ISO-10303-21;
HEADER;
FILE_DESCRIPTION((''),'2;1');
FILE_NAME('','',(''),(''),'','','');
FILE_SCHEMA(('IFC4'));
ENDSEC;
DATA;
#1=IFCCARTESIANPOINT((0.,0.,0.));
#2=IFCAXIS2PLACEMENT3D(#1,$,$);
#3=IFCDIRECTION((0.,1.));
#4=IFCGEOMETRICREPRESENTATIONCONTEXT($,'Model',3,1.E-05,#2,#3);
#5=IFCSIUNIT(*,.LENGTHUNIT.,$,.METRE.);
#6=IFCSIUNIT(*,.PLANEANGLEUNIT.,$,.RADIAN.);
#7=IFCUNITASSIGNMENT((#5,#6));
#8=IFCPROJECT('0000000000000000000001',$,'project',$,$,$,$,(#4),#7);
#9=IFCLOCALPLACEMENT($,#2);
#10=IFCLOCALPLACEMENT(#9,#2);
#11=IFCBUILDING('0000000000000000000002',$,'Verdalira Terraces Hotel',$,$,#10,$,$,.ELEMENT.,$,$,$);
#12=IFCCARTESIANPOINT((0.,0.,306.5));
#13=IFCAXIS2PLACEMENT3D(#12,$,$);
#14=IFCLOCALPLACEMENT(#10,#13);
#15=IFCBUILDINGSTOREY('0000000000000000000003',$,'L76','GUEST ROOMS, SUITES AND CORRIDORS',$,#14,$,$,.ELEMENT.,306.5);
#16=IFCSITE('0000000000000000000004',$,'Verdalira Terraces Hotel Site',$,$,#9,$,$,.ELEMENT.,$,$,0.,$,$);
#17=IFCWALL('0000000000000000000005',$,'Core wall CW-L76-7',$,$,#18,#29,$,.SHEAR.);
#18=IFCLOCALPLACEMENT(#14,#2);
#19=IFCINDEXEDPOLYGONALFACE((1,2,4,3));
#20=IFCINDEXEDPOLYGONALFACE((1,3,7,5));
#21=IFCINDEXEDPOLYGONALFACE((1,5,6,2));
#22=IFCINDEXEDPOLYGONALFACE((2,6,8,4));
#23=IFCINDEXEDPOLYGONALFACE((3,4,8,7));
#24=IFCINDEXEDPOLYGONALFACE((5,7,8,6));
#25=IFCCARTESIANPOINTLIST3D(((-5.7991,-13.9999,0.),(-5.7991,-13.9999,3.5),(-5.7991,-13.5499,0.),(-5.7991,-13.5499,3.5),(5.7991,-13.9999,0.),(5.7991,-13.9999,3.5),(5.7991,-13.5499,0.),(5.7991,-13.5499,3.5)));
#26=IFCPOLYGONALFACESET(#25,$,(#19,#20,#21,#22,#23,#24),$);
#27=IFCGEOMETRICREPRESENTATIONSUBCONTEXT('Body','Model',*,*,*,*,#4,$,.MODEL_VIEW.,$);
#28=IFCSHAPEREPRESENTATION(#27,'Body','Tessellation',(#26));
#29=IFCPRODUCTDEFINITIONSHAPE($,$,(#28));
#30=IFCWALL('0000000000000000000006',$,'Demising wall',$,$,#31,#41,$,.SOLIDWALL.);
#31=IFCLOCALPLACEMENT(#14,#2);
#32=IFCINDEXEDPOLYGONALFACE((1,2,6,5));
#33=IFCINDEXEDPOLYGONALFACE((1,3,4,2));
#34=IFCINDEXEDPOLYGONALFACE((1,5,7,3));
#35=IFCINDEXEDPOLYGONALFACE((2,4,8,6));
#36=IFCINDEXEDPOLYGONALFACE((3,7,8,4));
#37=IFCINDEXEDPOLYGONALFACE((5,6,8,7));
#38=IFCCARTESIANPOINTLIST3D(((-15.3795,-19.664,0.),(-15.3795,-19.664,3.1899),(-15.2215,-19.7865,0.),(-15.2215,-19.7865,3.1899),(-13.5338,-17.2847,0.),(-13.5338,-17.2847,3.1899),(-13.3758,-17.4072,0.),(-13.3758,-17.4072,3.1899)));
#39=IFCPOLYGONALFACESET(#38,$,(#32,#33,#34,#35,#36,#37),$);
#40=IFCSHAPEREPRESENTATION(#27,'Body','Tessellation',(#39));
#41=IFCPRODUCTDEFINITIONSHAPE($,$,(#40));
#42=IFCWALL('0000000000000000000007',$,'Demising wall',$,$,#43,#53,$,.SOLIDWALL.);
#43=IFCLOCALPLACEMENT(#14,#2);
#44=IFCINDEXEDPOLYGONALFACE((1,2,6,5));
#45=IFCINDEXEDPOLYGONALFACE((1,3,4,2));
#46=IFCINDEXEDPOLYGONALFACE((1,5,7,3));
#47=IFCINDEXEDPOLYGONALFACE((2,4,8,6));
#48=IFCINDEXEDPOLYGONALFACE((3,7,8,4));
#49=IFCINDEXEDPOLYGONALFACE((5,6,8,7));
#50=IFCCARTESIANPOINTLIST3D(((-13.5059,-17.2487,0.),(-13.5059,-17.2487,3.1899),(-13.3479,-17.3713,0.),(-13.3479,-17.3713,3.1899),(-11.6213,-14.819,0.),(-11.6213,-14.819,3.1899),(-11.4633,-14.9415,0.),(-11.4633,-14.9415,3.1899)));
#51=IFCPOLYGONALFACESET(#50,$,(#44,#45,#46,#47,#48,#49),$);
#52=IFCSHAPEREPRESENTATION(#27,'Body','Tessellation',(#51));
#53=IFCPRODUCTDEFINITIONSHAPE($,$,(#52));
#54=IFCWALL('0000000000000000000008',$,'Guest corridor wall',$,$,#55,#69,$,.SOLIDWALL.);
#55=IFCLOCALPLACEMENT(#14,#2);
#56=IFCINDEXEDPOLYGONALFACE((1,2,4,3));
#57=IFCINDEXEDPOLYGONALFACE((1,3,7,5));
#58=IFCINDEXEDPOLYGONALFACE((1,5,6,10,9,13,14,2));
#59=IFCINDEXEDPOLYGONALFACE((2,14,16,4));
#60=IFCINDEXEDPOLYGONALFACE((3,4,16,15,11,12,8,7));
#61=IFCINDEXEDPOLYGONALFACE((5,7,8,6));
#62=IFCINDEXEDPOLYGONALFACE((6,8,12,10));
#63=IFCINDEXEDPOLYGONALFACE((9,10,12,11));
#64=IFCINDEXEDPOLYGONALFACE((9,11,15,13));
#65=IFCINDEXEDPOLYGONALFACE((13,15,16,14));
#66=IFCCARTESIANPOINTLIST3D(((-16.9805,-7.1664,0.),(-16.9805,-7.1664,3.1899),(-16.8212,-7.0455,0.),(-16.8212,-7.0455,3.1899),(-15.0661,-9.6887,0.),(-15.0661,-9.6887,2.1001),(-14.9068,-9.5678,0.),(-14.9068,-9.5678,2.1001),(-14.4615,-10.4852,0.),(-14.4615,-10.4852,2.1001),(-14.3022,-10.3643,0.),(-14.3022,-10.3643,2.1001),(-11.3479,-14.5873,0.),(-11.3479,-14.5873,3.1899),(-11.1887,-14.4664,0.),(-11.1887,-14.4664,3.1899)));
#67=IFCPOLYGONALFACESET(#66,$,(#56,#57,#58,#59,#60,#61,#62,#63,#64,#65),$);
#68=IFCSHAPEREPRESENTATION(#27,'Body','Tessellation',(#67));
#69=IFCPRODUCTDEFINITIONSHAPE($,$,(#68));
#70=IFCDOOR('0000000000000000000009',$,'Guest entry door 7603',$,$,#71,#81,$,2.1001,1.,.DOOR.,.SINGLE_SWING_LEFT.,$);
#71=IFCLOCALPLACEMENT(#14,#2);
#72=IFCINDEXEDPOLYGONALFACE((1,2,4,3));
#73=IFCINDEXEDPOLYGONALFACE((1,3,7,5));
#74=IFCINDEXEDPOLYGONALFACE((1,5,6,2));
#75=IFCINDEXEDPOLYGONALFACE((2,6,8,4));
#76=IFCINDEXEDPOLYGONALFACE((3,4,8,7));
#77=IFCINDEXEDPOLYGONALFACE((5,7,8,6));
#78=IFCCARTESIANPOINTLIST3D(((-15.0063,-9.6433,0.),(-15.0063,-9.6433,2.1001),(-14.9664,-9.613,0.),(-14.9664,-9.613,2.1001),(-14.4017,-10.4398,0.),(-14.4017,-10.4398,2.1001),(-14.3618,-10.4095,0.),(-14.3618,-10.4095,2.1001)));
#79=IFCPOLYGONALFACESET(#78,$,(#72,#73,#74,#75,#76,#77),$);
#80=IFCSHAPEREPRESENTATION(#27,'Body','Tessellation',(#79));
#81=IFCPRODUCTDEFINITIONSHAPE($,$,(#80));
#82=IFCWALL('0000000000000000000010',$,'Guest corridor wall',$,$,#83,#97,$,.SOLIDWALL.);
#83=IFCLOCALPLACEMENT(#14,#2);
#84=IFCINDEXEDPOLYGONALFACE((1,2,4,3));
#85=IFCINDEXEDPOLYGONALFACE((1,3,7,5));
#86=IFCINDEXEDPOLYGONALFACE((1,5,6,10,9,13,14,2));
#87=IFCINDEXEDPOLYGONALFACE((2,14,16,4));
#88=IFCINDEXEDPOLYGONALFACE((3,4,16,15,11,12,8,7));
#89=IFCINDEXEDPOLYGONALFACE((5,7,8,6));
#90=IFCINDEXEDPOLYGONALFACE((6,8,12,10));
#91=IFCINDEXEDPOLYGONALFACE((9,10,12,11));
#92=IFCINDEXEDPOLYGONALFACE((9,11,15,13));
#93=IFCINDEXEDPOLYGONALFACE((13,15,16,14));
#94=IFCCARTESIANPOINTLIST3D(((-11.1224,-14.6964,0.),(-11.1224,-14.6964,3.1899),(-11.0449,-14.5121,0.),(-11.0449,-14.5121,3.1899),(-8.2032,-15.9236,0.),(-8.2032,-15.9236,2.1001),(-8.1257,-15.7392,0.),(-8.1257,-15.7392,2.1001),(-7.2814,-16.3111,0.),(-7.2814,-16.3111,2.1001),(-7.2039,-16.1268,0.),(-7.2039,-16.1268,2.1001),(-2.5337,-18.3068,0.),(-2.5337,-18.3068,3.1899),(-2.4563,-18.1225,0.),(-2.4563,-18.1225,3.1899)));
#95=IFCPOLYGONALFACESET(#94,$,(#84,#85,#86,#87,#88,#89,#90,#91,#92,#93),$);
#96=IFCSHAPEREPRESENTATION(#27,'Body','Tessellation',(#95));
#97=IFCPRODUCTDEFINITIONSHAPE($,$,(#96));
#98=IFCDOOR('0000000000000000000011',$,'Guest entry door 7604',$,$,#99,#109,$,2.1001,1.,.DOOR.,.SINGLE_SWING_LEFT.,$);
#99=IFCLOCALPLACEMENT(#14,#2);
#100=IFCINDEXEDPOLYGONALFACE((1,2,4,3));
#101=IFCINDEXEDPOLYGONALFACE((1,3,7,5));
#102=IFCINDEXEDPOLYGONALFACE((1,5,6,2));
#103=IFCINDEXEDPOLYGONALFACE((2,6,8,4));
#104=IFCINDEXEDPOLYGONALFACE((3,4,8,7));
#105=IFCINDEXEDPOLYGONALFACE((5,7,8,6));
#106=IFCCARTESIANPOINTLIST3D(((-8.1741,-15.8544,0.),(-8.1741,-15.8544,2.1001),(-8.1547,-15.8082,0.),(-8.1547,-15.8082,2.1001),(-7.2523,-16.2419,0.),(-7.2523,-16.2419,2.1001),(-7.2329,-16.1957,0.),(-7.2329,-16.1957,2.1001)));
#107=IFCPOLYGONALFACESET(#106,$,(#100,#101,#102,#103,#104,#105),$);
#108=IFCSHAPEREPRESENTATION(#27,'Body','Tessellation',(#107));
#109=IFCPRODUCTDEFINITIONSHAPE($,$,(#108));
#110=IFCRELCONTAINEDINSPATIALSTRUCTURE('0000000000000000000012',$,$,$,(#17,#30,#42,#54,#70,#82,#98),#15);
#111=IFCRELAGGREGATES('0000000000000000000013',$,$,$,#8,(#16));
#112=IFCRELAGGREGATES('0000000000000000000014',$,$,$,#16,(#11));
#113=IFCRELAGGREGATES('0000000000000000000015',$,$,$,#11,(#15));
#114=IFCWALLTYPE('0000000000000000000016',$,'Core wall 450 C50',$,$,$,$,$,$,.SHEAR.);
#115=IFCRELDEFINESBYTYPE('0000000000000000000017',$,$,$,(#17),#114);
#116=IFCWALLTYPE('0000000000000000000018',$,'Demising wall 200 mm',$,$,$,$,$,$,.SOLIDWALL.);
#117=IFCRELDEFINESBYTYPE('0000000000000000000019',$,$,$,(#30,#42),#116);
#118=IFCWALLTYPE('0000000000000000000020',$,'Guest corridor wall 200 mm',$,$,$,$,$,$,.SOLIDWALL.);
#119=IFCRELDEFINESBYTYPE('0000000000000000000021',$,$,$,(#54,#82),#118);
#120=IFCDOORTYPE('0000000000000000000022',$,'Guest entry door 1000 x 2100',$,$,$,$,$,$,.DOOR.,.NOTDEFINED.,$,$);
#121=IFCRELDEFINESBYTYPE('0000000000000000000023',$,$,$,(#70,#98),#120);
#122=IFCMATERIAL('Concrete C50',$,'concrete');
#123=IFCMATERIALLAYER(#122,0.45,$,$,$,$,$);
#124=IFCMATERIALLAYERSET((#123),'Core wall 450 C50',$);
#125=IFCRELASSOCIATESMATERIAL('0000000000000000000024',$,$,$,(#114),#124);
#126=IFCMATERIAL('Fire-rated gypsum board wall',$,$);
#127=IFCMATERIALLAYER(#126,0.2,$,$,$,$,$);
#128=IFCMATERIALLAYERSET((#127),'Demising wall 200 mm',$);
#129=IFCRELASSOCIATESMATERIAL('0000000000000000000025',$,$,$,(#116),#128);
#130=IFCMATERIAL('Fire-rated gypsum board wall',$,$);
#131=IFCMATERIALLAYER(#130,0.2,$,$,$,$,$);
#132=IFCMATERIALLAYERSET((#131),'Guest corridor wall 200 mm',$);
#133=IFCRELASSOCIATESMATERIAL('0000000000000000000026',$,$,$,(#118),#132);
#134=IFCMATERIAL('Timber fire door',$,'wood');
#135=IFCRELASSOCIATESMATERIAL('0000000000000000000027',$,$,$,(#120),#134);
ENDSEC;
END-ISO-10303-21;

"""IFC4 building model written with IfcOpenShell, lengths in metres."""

from ifc_helpers import new_model, si_unit, direction, frame, frame_2d, origin, place, context, subcontext, project, spatial, rectangle, extrude, material, layer, layer_set, type_object, element, fill, save


model = new_model("IFC4")

# Units and contexts
model_context = context("Model", 3, precision=1e-05, world=origin(), true_north=direction((0.0, 1.0)))
body_context = subcontext(model_context, "Body", "Model", "MODEL_VIEW")
ifc_project = project(units=[si_unit("LENGTHUNIT", "METRE"), si_unit("PLANEANGLEUNIT", "RADIAN")], contexts=[model_context])

# Site, building, storey
site_placement = place(None, origin())
site = spatial("IfcSite", under=ifc_project, at=site_placement, Name="Verdalira Terraces Hotel Site", CompositionType="ELEMENT", RefElevation=0.0)
building_placement = place(site_placement, origin())
building = spatial("IfcBuilding", under=site, at=building_placement, Name="Verdalira Terraces Hotel", CompositionType="ELEMENT")
storey_placement = place(building_placement, frame((0.0, 0.0, 306.5)))
storey = spatial("IfcBuildingStorey", under=building, at=storey_placement, Name="L76", Description="GUEST ROOMS, SUITES AND CORRIDORS", CompositionType="ELEMENT", Elevation=306.5)

# Walls
ifc_material_1 = material(Name="Concrete C50", Category="concrete")
ifc_layer_1 = layer(ifc_material_1, 0.45)
ifc_layer_set_1 = layer_set([ifc_layer_1], Name="Core wall 450 C50")
wall_type_1 = type_object("IfcWallType", Name="Core wall 450 C50", PredefinedType="SHEAR", material=ifc_layer_set_1)
wall_1_placement = place(storey_placement, frame((-5.7991, -13.7749, 0.0), z_axis=(0.0, 0.0, 1.0), x_axis=(1.0, 0.0, 0.0)))
element("IfcWall", 1, at=wall_1_placement, inside=storey, type_object=wall_type_1, Name="Core wall CW-L76-7", PredefinedType="SHEAR", context=body_context, shape_type="SweptSolid", body=[
    extrude(rectangle(XDim=11.5981, YDim=0.45, at=frame_2d((5.7991, 0.0))), origin(), (0.0, 0.0, 1.0), 3.5),
])
ifc_material_2 = material(Name="Fire-rated gypsum board wall")
ifc_layer_2 = layer(ifc_material_2, 0.2)
ifc_layer_set_2 = layer_set([ifc_layer_2], Name="Demising wall 200 mm")
wall_type_2 = type_object("IfcWallType", Name="Demising wall 200 mm", PredefinedType="SOLIDWALL", material=ifc_layer_set_2)
wall_2_placement = place(storey_placement, frame((-13.4548, -17.3459, 0.0), z_axis=(0.0, 0.0, 1.0), x_axis=(-0.612919, -0.790146, 0.0)))
element("IfcWall", 2, at=wall_2_placement, inside=storey, type_object=wall_type_2, Name="Demising wall", PredefinedType="SOLIDWALL", context=body_context, shape_type="SweptSolid", body=[
    extrude(rectangle(XDim=3.0112, YDim=0.2, at=frame_2d((1.5056, 0.0))), origin(), (0.0, 0.0, 1.0), 3.1899),
])
wall_3_placement = place(storey_placement, frame((-11.5422, -14.8801, 0.0), z_axis=(0.0, 0.0, 1.0), x_axis=(-0.612879, -0.790177, 0.0)))
element("IfcWall", 3, at=wall_3_placement, inside=storey, type_object=wall_type_2, Name="Demising wall", PredefinedType="SOLIDWALL", context=body_context, shape_type="SweptSolid", body=[
    extrude(rectangle(XDim=3.075, YDim=0.2, at=frame_2d((1.5376, 0.0))), origin(), (0.0, 0.0, 1.0), 3.1899),
])

# Walls, openings, doors
ifc_material_3 = material(Name="Fire-rated gypsum board wall")
ifc_layer_3 = layer(ifc_material_3, 0.2)
ifc_layer_set_3 = layer_set([ifc_layer_3], Name="Guest corridor wall 200 mm")
wall_type_3 = type_object("IfcWallType", Name="Guest corridor wall 200 mm", PredefinedType="SOLIDWALL", material=ifc_layer_set_3)
wall_4_placement = place(storey_placement, frame((-11.2683, -14.5269, 0.0), z_axis=(0.0, 0.0, 1.0), x_axis=(-0.604585, 0.79654, 0.0)))
wall_4 = element("IfcWall", 4, at=wall_4_placement, inside=storey, type_object=wall_type_3, Name="Guest corridor wall", PredefinedType="SOLIDWALL", context=body_context, shape_type="SweptSolid", body=[
    extrude(rectangle(XDim=9.3164, YDim=0.2, at=frame_2d((4.6582, 0.0))), origin(), (0.0, 0.0, 1.0), 3.1899),
])
opening_1_placement = place(wall_4_placement, frame((5.1499, 0.0, 0.0)))
opening_1 = element("IfcOpeningElement", 5, at=opening_1_placement, cuts=wall_4, PredefinedType="OPENING", context=body_context, shape_type="SweptSolid", body=[
    extrude(rectangle(XDim=1.0, YDim=2.1001, at=frame_2d((0.5, 1.05))), frame((0.0, 0.1099, 0.0), z_axis=(0.0, -1.0, 0.0), x_axis=(1.0, 0.0, 0.0)), (0.0, 0.0, 1.0), 0.22),
])
ifc_material_4 = material(Name="Timber fire door", Category="wood")
door_type_1 = type_object("IfcDoorType", Name="Guest entry door 1000 x 2100", OperationType="NOTDEFINED", PredefinedType="DOOR", material=ifc_material_4)
door_1_placement = place(opening_1_placement, origin())
door_1 = element("IfcDoor", 6, at=door_1_placement, inside=storey, type_object=door_type_1, Name="Guest entry door 7603", OperationType="SINGLE_SWING_LEFT", OverallHeight=2.1001, OverallWidth=1.0, PredefinedType="DOOR", context=body_context, shape_type="SweptSolid", body=[
    extrude(rectangle(XDim=1.0, YDim=2.1001, at=frame_2d((0.5, 1.05))), frame((0.0, 0.0249, 0.0), z_axis=(0.0, -1.0, 0.0), x_axis=(1.0, 0.0, 0.0)), (0.0, 0.0, 1.0), 0.05),
])
fill(opening_1, door_1)
wall_5_placement = place(storey_placement, frame((-2.4951, -18.2146, 0.0), z_axis=(0.0, 0.0, 1.0), x_axis=(-0.921862, 0.387518, 0.0)))
wall_5 = element("IfcWall", 7, at=wall_5_placement, inside=storey, type_object=wall_type_3, Name="Guest corridor wall", PredefinedType="SOLIDWALL", context=body_context, shape_type="SweptSolid", body=[
    extrude(rectangle(XDim=9.3166, YDim=0.2, at=frame_2d((4.6582, 0.0))), origin(), (0.0, 0.0, 1.0), 3.1899),
])
opening_2_placement = place(wall_5_placement, frame((5.1499, 0.0, 0.0)))
opening_2 = element("IfcOpeningElement", 8, at=opening_2_placement, cuts=wall_5, PredefinedType="OPENING", context=body_context, shape_type="SweptSolid", body=[
    extrude(rectangle(XDim=1.0, YDim=2.1001, at=frame_2d((0.5, 1.05))), frame((0.0, 0.1099, 0.0), z_axis=(0.0, -1.0, 0.0), x_axis=(1.0, 0.0, 0.0)), (0.0, 0.0, 1.0), 0.22),
])
door_2_placement = place(opening_2_placement, origin())
door_2 = element("IfcDoor", 9, at=door_2_placement, inside=storey, type_object=door_type_1, Name="Guest entry door 7604", OperationType="SINGLE_SWING_LEFT", OverallHeight=2.1001, OverallWidth=1.0, PredefinedType="DOOR", context=body_context, shape_type="SweptSolid", body=[
    extrude(rectangle(XDim=1.0, YDim=2.1001, at=frame_2d((0.5, 1.05))), frame((0.0, 0.0249, 0.0), z_axis=(0.0, -1.0, 0.0), x_axis=(1.0, 0.0, 0.0)), (0.0, 0.0, 1.0), 0.05),
])
fill(opening_2, door_2)

save(model, "model.ifc")
